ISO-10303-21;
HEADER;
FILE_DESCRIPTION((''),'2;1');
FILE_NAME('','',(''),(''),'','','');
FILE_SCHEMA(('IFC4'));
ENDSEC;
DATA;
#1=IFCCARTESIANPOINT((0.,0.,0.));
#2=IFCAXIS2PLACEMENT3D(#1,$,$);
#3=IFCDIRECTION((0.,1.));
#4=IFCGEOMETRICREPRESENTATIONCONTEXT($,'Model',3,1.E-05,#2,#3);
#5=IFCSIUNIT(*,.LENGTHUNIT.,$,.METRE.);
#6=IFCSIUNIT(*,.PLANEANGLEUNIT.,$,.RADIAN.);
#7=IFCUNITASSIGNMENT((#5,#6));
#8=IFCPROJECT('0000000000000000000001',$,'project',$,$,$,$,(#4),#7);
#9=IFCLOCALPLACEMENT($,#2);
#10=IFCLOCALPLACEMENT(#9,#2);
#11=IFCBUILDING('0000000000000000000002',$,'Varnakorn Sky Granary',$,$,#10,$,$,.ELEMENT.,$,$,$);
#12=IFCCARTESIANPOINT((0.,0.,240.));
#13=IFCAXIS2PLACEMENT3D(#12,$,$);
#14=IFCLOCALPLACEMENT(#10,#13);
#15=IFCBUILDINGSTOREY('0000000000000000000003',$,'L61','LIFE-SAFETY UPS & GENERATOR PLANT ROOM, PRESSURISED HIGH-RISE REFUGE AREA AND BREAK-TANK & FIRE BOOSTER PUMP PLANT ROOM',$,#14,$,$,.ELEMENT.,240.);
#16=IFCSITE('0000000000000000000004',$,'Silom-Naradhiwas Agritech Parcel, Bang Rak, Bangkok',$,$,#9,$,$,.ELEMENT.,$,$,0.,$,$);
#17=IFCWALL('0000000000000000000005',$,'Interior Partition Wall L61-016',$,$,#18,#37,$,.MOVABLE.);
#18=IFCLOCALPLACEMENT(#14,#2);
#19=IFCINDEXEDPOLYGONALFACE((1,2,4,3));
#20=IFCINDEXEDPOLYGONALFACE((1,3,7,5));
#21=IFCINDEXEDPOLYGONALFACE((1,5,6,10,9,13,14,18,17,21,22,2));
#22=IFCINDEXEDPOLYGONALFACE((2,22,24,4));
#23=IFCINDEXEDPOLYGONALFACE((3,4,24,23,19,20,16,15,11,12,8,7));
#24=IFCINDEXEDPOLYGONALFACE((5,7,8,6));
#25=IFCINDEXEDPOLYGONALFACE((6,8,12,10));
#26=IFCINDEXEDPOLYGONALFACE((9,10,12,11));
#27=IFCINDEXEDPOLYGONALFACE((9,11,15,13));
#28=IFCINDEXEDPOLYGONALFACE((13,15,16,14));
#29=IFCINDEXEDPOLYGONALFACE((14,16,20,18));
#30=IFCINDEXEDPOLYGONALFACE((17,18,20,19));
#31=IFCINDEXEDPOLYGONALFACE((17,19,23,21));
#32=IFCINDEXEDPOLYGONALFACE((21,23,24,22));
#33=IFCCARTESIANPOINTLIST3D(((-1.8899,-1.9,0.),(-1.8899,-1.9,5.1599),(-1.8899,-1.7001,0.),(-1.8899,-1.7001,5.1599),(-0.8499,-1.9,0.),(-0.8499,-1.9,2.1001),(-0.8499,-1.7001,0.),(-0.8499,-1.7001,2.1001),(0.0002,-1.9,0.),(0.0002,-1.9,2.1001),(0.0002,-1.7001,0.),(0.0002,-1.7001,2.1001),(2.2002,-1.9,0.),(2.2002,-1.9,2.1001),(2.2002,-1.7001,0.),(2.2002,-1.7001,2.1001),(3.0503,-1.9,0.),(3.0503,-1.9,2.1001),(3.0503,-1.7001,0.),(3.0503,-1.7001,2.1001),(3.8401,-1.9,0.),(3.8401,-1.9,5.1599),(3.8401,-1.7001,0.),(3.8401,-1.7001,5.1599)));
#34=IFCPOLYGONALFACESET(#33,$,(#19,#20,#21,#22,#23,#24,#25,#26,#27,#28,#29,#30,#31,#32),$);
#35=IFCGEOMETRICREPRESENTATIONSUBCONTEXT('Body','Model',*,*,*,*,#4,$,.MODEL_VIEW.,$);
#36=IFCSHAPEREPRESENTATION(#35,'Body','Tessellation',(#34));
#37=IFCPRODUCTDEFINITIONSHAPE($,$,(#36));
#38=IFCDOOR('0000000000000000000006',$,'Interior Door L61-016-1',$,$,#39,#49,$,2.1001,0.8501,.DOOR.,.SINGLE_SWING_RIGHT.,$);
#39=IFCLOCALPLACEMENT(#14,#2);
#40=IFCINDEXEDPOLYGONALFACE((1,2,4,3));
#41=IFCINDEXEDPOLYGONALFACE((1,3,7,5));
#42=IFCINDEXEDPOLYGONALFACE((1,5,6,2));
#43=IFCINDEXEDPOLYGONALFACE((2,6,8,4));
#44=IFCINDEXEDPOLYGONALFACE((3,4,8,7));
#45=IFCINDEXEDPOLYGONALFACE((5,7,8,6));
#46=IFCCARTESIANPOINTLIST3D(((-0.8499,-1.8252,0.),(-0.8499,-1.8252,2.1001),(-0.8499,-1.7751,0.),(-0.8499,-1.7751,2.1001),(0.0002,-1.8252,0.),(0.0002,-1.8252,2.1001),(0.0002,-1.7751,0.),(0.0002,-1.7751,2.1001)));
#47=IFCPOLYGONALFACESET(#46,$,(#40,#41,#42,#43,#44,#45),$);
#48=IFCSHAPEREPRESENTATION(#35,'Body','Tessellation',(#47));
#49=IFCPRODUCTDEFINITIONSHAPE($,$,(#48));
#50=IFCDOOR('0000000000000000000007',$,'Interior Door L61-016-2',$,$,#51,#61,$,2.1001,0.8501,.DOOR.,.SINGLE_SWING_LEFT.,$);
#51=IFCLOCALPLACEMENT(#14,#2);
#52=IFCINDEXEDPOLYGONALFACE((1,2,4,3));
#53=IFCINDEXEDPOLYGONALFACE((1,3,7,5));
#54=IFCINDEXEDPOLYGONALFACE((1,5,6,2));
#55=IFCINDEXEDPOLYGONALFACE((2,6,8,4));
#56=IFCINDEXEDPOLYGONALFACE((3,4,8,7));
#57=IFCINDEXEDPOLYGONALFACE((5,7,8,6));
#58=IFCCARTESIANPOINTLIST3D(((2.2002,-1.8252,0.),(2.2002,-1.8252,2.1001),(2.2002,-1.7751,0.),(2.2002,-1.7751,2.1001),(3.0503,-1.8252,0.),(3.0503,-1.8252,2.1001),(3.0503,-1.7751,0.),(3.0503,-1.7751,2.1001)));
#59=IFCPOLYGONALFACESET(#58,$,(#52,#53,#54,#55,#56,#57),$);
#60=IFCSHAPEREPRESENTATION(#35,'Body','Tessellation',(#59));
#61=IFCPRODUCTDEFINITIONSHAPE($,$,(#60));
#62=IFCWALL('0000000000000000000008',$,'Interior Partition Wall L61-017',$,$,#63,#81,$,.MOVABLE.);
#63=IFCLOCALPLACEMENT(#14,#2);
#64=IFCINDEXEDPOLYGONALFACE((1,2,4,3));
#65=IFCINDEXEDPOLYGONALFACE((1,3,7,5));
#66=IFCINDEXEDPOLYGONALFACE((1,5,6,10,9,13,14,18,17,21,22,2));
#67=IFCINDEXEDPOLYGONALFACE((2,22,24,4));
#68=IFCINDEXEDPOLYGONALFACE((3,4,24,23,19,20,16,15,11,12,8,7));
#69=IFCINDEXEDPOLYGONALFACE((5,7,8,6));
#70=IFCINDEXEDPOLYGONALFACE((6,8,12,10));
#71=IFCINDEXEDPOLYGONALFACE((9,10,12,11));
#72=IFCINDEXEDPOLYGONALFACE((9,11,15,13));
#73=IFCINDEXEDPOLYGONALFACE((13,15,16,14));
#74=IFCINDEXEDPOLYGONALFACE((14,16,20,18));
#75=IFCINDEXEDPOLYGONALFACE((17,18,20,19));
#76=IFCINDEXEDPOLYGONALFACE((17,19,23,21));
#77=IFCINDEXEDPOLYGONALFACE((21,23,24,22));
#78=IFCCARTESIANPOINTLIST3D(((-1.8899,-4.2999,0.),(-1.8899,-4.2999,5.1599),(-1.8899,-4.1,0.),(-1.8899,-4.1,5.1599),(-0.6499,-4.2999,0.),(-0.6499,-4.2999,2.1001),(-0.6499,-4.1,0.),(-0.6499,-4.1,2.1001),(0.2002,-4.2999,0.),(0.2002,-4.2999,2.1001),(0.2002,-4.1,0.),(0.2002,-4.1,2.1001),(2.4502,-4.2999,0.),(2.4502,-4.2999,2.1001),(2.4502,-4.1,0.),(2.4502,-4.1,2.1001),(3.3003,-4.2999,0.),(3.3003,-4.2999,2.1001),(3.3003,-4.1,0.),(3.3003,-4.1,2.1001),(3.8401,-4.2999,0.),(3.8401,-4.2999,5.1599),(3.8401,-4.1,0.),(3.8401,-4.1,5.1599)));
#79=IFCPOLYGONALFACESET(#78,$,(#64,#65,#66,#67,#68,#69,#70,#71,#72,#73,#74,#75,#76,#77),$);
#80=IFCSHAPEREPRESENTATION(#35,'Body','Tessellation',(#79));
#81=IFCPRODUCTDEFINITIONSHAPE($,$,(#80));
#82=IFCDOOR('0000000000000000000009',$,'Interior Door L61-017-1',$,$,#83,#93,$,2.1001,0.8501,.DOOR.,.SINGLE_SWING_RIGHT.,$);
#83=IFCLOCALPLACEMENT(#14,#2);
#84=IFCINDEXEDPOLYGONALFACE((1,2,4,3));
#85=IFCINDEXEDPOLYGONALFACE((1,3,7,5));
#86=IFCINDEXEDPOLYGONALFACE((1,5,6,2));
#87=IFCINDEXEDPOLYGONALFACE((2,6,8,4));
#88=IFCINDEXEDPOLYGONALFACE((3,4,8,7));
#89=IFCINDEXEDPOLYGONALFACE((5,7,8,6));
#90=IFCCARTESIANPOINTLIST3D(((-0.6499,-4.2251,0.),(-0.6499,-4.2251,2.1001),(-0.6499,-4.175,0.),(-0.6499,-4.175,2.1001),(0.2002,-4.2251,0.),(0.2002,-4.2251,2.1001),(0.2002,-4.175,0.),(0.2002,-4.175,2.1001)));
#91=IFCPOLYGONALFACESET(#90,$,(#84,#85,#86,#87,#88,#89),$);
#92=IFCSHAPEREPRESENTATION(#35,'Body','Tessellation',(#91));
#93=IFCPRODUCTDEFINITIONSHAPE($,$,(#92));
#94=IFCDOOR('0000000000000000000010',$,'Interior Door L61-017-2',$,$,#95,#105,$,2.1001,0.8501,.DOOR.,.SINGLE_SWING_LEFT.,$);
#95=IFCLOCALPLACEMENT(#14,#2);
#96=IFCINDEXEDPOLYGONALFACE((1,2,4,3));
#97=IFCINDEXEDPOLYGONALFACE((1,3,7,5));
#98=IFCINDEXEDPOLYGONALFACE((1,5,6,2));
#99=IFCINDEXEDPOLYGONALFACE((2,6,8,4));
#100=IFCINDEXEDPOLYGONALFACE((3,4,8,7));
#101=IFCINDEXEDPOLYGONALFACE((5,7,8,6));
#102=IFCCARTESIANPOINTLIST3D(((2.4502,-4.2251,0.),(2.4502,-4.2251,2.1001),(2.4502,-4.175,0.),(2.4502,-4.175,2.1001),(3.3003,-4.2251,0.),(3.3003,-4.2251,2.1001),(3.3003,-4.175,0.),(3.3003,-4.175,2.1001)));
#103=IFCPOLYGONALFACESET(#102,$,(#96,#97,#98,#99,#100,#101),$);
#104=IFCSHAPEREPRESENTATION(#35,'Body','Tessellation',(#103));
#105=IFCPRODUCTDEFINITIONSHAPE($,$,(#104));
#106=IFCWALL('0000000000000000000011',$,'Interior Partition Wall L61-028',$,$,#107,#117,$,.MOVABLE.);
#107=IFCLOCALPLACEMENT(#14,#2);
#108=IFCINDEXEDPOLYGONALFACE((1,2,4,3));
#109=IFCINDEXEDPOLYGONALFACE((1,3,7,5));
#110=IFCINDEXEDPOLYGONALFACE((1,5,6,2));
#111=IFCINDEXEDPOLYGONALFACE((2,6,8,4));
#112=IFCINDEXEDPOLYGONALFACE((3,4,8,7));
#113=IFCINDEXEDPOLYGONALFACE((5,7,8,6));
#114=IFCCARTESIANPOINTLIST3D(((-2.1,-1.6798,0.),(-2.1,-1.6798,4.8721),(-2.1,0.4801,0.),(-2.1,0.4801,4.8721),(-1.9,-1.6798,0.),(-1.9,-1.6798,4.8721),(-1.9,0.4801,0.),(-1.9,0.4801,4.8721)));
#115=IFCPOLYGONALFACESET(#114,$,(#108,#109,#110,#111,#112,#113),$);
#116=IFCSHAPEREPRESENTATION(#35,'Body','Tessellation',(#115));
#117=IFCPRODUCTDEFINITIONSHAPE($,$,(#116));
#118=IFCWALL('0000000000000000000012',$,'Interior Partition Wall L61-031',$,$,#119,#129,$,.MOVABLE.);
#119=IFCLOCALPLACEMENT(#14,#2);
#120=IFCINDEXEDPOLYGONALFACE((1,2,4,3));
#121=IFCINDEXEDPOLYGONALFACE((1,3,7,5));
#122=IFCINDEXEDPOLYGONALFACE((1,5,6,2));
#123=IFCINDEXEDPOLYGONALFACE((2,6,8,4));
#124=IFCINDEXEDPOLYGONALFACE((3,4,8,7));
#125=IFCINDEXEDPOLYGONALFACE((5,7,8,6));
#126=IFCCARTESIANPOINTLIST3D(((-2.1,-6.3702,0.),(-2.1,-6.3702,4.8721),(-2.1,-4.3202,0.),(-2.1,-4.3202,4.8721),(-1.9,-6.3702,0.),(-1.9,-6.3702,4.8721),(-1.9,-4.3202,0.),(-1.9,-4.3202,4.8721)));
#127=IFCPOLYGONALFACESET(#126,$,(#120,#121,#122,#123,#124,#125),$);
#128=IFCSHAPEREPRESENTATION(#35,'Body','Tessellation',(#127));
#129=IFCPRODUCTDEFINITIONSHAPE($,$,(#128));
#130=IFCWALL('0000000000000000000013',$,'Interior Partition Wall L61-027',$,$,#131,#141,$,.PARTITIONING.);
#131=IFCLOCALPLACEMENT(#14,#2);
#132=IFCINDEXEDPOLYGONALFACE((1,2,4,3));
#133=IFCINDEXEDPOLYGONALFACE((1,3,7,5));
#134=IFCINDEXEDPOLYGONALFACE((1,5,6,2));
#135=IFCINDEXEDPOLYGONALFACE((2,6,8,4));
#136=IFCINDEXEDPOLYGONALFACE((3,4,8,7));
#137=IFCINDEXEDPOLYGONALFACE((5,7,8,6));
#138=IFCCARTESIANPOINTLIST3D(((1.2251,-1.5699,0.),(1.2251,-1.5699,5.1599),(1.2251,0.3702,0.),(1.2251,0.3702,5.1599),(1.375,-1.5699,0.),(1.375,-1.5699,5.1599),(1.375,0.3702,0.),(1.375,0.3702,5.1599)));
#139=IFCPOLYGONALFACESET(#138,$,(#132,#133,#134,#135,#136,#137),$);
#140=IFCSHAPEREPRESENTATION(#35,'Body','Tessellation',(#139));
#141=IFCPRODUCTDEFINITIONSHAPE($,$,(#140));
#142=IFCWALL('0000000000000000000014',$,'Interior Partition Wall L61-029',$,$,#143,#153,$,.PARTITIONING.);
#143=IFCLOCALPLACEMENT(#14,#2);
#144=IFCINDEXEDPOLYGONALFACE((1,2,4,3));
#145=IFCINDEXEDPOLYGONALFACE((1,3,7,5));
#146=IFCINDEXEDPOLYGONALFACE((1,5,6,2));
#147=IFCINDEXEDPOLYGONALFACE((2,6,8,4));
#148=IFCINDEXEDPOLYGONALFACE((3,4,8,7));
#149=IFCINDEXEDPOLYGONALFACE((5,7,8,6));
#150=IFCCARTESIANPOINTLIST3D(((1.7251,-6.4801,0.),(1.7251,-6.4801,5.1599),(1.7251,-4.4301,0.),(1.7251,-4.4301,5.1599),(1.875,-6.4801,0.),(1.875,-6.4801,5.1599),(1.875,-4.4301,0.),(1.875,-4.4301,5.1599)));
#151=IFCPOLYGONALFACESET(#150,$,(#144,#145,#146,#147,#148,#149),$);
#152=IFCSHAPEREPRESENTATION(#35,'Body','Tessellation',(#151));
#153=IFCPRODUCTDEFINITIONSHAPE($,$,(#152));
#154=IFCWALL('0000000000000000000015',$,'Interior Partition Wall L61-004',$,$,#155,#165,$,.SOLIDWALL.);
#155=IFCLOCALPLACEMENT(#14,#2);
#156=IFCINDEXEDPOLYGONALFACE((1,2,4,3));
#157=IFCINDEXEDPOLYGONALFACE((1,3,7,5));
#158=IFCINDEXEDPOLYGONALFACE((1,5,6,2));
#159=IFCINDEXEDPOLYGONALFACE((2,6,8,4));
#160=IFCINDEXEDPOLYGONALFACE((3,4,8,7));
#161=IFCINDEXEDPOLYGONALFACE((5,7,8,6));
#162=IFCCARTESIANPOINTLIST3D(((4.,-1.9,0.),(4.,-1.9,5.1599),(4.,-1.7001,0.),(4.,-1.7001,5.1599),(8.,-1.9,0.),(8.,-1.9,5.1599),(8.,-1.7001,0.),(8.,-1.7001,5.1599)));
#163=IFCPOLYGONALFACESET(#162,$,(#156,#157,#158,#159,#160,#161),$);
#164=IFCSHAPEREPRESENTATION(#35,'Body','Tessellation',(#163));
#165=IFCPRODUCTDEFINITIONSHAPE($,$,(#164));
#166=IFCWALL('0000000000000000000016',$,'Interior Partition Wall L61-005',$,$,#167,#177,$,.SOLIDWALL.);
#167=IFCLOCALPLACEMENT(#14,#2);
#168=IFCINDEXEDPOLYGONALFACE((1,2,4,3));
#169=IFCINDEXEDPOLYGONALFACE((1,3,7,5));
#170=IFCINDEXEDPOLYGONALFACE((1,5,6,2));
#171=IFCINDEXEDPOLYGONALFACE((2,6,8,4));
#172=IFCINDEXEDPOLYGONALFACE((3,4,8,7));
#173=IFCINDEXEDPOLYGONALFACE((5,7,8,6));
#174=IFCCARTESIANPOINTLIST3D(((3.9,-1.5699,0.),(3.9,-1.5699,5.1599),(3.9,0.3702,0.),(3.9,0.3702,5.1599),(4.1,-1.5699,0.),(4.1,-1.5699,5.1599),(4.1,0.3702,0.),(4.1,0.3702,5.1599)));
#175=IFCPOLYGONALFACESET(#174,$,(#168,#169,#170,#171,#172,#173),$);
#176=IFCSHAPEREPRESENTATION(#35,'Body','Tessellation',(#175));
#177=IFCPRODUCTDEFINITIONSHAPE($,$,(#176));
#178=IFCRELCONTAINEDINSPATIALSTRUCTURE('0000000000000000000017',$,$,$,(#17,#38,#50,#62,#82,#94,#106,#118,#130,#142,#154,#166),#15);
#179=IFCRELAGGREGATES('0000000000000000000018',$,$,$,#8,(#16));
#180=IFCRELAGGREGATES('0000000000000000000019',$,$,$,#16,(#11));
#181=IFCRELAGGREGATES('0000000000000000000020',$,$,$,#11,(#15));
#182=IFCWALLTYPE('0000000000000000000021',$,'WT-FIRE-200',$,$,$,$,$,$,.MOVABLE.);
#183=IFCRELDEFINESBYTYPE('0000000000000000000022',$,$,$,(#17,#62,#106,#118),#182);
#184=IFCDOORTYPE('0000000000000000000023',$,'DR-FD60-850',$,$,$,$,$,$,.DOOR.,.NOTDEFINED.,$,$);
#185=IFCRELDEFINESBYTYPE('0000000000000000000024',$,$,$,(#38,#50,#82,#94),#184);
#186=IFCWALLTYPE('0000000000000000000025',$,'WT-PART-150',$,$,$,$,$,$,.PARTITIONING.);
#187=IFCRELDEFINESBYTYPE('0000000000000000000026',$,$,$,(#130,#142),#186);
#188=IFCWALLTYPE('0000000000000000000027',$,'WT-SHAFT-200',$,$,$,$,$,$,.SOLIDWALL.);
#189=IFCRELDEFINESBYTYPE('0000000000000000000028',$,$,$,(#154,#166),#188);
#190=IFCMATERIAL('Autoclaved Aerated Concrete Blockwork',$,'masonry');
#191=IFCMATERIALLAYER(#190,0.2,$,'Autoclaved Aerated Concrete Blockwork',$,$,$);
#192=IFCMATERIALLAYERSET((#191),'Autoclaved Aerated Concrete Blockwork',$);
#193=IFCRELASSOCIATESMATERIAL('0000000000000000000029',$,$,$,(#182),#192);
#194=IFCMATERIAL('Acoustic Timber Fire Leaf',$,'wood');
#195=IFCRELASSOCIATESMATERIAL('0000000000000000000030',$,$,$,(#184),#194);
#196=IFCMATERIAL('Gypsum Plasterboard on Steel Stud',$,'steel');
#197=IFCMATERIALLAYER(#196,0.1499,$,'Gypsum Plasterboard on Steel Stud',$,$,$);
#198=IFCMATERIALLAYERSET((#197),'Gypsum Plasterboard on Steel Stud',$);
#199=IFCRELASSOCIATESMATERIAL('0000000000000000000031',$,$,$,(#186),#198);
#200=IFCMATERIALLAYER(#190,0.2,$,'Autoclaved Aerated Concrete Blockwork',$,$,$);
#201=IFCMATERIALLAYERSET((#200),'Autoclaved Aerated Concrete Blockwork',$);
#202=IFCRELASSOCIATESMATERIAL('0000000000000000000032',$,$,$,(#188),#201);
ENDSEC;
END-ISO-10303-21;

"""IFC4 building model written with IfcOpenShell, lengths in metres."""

from ifc_helpers import new_model, si_unit, direction, frame, frame_2d, origin, place, context, subcontext, project, spatial, rectangle, extrude, material, layer, layer_set, type_object, element, fill, save


model = new_model("IFC4")

# Units and contexts
model_context = context("Model", 3, precision=1e-05, world=origin(), true_north=direction((0.0, 1.0)))
body_context = subcontext(model_context, "Body", "Model", "MODEL_VIEW")
ifc_project = project(units=[si_unit("LENGTHUNIT", "METRE"), si_unit("PLANEANGLEUNIT", "RADIAN")], contexts=[model_context])

# Site, building, storey
site_placement = place(None, origin())
site = spatial("IfcSite", under=ifc_project, at=site_placement, Name="Silom-Naradhiwas Agritech Parcel, Bang Rak, Bangkok", CompositionType="ELEMENT", RefElevation=0.0)
building_placement = place(site_placement, origin())
building = spatial("IfcBuilding", under=site, at=building_placement, Name="Varnakorn Sky Granary", CompositionType="ELEMENT")
storey_placement = place(building_placement, frame((0.0, 0.0, 240.0)))
storey = spatial("IfcBuildingStorey", under=building, at=storey_placement, Name="L61", Description="LIFE-SAFETY UPS & GENERATOR PLANT ROOM, PRESSURISED HIGH-RISE REFUGE AREA AND BREAK-TANK & FIRE BOOSTER PUMP PLANT ROOM", CompositionType="ELEMENT", Elevation=240.0)

# Shared definitions
ifc_material_1 = material(Name="Autoclaved Aerated Concrete Blockwork", Category="masonry")
ifc_layer_1 = layer(ifc_material_1, 0.2, Name="Autoclaved Aerated Concrete Blockwork")
ifc_layer_set_1 = layer_set([ifc_layer_1], Name="Autoclaved Aerated Concrete Blockwork")
wall_type_1 = type_object("IfcWallType", Name="WT-FIRE-200", PredefinedType="MOVABLE", material=ifc_layer_set_1)
ifc_material_2 = material(Name="Acoustic Timber Fire Leaf", Category="wood")

# Walls, openings, doors
wall_1_placement = place(storey_placement, frame((-1.8899, -1.8, 0.0), z_axis=(0.0, 0.0, 1.0), x_axis=(1.0, 0.0, 0.0)))
wall_1 = element("IfcWall", 1, at=wall_1_placement, inside=storey, type_object=wall_type_1, Name="Interior Partition Wall L61-016", PredefinedType="MOVABLE", context=body_context, shape_type="SweptSolid", body=[
    extrude(rectangle(XDim=5.73, YDim=0.2, at=frame_2d((2.865, 0.0))), origin(), (0.0, 0.0, 1.0), 5.1599),
])
opening_1_placement = place(wall_1_placement, frame((1.04, 0.0, 0.0)))
opening_1 = element("IfcOpeningElement", 2, at=opening_1_placement, cuts=wall_1, PredefinedType="OPENING", context=body_context, shape_type="SweptSolid", body=[
    extrude(rectangle(XDim=0.8501, YDim=2.1001, at=frame_2d((0.425, 1.05))), frame((0.0, 0.1099, 0.0), z_axis=(0.0, -1.0, 0.0), x_axis=(1.0, 0.0, 0.0)), (0.0, 0.0, 1.0), 0.22),
])
opening_2_placement = place(wall_1_placement, frame((4.0901, 0.0, 0.0)))
opening_2 = element("IfcOpeningElement", 3, at=opening_2_placement, cuts=wall_1, PredefinedType="OPENING", context=body_context, shape_type="SweptSolid", body=[
    extrude(rectangle(XDim=0.8501, YDim=2.1001, at=frame_2d((0.425, 1.05))), frame((0.0, 0.1099, 0.0), z_axis=(0.0, -1.0, 0.0), x_axis=(1.0, 0.0, 0.0)), (0.0, 0.0, 1.0), 0.22),
])
door_type_1 = type_object("IfcDoorType", Name="DR-FD60-850", OperationType="NOTDEFINED", PredefinedType="DOOR", material=ifc_material_2)
door_1_placement = place(opening_1_placement, origin())
door_1 = element("IfcDoor", 4, at=door_1_placement, inside=storey, type_object=door_type_1, Name="Interior Door L61-016-1", OperationType="SINGLE_SWING_RIGHT", OverallHeight=2.1001, OverallWidth=0.8501, PredefinedType="DOOR", context=body_context, shape_type="SweptSolid", body=[
    extrude(rectangle(XDim=0.8501, YDim=2.1001, at=frame_2d((0.425, 1.05))), frame((0.0, 0.0249, 0.0), z_axis=(0.0, -1.0, 0.0), x_axis=(1.0, 0.0, 0.0)), (0.0, 0.0, 1.0), 0.05),
])
fill(opening_1, door_1)
door_2_placement = place(opening_2_placement, origin())
door_2 = element("IfcDoor", 5, at=door_2_placement, inside=storey, type_object=door_type_1, Name="Interior Door L61-016-2", OperationType="SINGLE_SWING_LEFT", OverallHeight=2.1001, OverallWidth=0.8501, PredefinedType="DOOR", context=body_context, shape_type="SweptSolid", body=[
    extrude(rectangle(XDim=0.8501, YDim=2.1001, at=frame_2d((0.425, 1.05))), frame((0.0, 0.0249, 0.0), z_axis=(0.0, -1.0, 0.0), x_axis=(1.0, 0.0, 0.0)), (0.0, 0.0, 1.0), 0.05),
])
fill(opening_2, door_2)
wall_2_placement = place(storey_placement, frame((-1.8899, -4.2, 0.0), z_axis=(0.0, 0.0, 1.0), x_axis=(1.0, 0.0, 0.0)))
wall_2 = element("IfcWall", 6, at=wall_2_placement, inside=storey, type_object=wall_type_1, Name="Interior Partition Wall L61-017", PredefinedType="MOVABLE", context=body_context, shape_type="SweptSolid", body=[
    extrude(rectangle(XDim=5.73, YDim=0.2, at=frame_2d((2.865, 0.0))), origin(), (0.0, 0.0, 1.0), 5.1599),
])
opening_3_placement = place(wall_2_placement, frame((1.24, 0.0, 0.0)))
opening_3 = element("IfcOpeningElement", 7, at=opening_3_placement, cuts=wall_2, PredefinedType="OPENING", context=body_context, shape_type="SweptSolid", body=[
    extrude(rectangle(XDim=0.8501, YDim=2.1001, at=frame_2d((0.425, 1.05))), frame((0.0, 0.1099, 0.0), z_axis=(0.0, -1.0, 0.0), x_axis=(1.0, 0.0, 0.0)), (0.0, 0.0, 1.0), 0.22),
])
opening_4_placement = place(wall_2_placement, frame((4.3401, 0.0, 0.0)))
opening_4 = element("IfcOpeningElement", 8, at=opening_4_placement, cuts=wall_2, PredefinedType="OPENING", context=body_context, shape_type="SweptSolid", body=[
    extrude(rectangle(XDim=0.8501, YDim=2.1001, at=frame_2d((0.425, 1.05))), frame((0.0, 0.1099, 0.0), z_axis=(0.0, -1.0, 0.0), x_axis=(1.0, 0.0, 0.0)), (0.0, 0.0, 1.0), 0.22),
])
door_3_placement = place(opening_3_placement, origin())
door_3 = element("IfcDoor", 9, at=door_3_placement, inside=storey, type_object=door_type_1, Name="Interior Door L61-017-1", OperationType="SINGLE_SWING_RIGHT", OverallHeight=2.1001, OverallWidth=0.8501, PredefinedType="DOOR", context=body_context, shape_type="SweptSolid", body=[
    extrude(rectangle(XDim=0.8501, YDim=2.1001, at=frame_2d((0.425, 1.05))), frame((0.0, 0.0249, 0.0), z_axis=(0.0, -1.0, 0.0), x_axis=(1.0, 0.0, 0.0)), (0.0, 0.0, 1.0), 0.05),
])
fill(opening_3, door_3)
door_4_placement = place(opening_4_placement, origin())
door_4 = element("IfcDoor", 10, at=door_4_placement, inside=storey, type_object=door_type_1, Name="Interior Door L61-017-2", OperationType="SINGLE_SWING_LEFT", OverallHeight=2.1001, OverallWidth=0.8501, PredefinedType="DOOR", context=body_context, shape_type="SweptSolid", body=[
    extrude(rectangle(XDim=0.8501, YDim=2.1001, at=frame_2d((0.425, 1.05))), frame((0.0, 0.0249, 0.0), z_axis=(0.0, -1.0, 0.0), x_axis=(1.0, 0.0, 0.0)), (0.0, 0.0, 1.0), 0.05),
])
fill(opening_4, door_4)

# Walls
wall_3_placement = place(storey_placement, frame((-2.0, -1.6799, 0.0), z_axis=(0.0, 0.0, 1.0), x_axis=(0.0, 1.0, 0.0)))
element("IfcWall", 11, at=wall_3_placement, inside=storey, type_object=wall_type_1, Name="Interior Partition Wall L61-028", PredefinedType="MOVABLE", context=body_context, shape_type="SweptSolid", body=[
    extrude(rectangle(XDim=2.1599, YDim=0.2, at=frame_2d((1.0801, 0.0))), origin(), (0.0, 0.0, 1.0), 4.8721),
])
wall_4_placement = place(storey_placement, frame((-2.0, -6.3701, 0.0), z_axis=(0.0, 0.0, 1.0), x_axis=(0.0, 1.0, 0.0)))
element("IfcWall", 12, at=wall_4_placement, inside=storey, type_object=wall_type_1, Name="Interior Partition Wall L61-031", PredefinedType="MOVABLE", context=body_context, shape_type="SweptSolid", body=[
    extrude(rectangle(XDim=2.05, YDim=0.2, at=frame_2d((1.0249, 0.0))), origin(), (0.0, 0.0, 1.0), 4.8721),
])
ifc_material_3 = material(Name="Gypsum Plasterboard on Steel Stud", Category="steel")
ifc_layer_2 = layer(ifc_material_3, 0.1499, Name="Gypsum Plasterboard on Steel Stud")
ifc_layer_set_2 = layer_set([ifc_layer_2], Name="Gypsum Plasterboard on Steel Stud")
wall_type_2 = type_object("IfcWallType", Name="WT-PART-150", PredefinedType="PARTITIONING", material=ifc_layer_set_2)
wall_5_placement = place(storey_placement, frame((1.3, -1.5701, 0.0), z_axis=(0.0, 0.0, 1.0), x_axis=(0.0, 1.0, 0.0)))
element("IfcWall", 13, at=wall_5_placement, inside=storey, type_object=wall_type_2, Name="Interior Partition Wall L61-027", PredefinedType="PARTITIONING", context=body_context, shape_type="SweptSolid", body=[
    extrude(rectangle(XDim=1.9402, YDim=0.1499, at=frame_2d((0.9702, 0.0))), origin(), (0.0, 0.0, 1.0), 5.1599),
])
wall_6_placement = place(storey_placement, frame((1.8, -6.48, 0.0), z_axis=(0.0, 0.0, 1.0), x_axis=(0.0, 1.0, 0.0)))
element("IfcWall", 14, at=wall_6_placement, inside=storey, type_object=wall_type_2, Name="Interior Partition Wall L61-029", PredefinedType="PARTITIONING", context=body_context, shape_type="SweptSolid", body=[
    extrude(rectangle(XDim=2.05, YDim=0.1499, at=frame_2d((1.0249, 0.0))), origin(), (0.0, 0.0, 1.0), 5.1599),
])
ifc_layer_3 = layer(ifc_material_1, 0.2, Name="Autoclaved Aerated Concrete Blockwork")
ifc_layer_set_3 = layer_set([ifc_layer_3], Name="Autoclaved Aerated Concrete Blockwork")
wall_type_3 = type_object("IfcWallType", Name="WT-SHAFT-200", PredefinedType="SOLIDWALL", material=ifc_layer_set_3)
wall_7_placement = place(storey_placement, frame((4.0, -1.8, 0.0), z_axis=(0.0, 0.0, 1.0), x_axis=(1.0, 0.0, 0.0)))
element("IfcWall", 15, at=wall_7_placement, inside=storey, type_object=wall_type_3, Name="Interior Partition Wall L61-004", PredefinedType="SOLIDWALL", context=body_context, shape_type="SweptSolid", body=[
    extrude(rectangle(XDim=4.0, YDim=0.2, at=frame_2d((2.0, 0.0))), origin(), (0.0, 0.0, 1.0), 5.1599),
])
wall_8_placement = place(storey_placement, frame((4.0, -1.5701, 0.0), z_axis=(0.0, 0.0, 1.0), x_axis=(0.0, 1.0, 0.0)))
element("IfcWall", 16, at=wall_8_placement, inside=storey, type_object=wall_type_3, Name="Interior Partition Wall L61-005", PredefinedType="SOLIDWALL", context=body_context, shape_type="SweptSolid", body=[
    extrude(rectangle(XDim=1.9402, YDim=0.2, at=frame_2d((0.9702, 0.0))), origin(), (0.0, 0.0, 1.0), 5.1599),
])

save(model, "model.ifc")
